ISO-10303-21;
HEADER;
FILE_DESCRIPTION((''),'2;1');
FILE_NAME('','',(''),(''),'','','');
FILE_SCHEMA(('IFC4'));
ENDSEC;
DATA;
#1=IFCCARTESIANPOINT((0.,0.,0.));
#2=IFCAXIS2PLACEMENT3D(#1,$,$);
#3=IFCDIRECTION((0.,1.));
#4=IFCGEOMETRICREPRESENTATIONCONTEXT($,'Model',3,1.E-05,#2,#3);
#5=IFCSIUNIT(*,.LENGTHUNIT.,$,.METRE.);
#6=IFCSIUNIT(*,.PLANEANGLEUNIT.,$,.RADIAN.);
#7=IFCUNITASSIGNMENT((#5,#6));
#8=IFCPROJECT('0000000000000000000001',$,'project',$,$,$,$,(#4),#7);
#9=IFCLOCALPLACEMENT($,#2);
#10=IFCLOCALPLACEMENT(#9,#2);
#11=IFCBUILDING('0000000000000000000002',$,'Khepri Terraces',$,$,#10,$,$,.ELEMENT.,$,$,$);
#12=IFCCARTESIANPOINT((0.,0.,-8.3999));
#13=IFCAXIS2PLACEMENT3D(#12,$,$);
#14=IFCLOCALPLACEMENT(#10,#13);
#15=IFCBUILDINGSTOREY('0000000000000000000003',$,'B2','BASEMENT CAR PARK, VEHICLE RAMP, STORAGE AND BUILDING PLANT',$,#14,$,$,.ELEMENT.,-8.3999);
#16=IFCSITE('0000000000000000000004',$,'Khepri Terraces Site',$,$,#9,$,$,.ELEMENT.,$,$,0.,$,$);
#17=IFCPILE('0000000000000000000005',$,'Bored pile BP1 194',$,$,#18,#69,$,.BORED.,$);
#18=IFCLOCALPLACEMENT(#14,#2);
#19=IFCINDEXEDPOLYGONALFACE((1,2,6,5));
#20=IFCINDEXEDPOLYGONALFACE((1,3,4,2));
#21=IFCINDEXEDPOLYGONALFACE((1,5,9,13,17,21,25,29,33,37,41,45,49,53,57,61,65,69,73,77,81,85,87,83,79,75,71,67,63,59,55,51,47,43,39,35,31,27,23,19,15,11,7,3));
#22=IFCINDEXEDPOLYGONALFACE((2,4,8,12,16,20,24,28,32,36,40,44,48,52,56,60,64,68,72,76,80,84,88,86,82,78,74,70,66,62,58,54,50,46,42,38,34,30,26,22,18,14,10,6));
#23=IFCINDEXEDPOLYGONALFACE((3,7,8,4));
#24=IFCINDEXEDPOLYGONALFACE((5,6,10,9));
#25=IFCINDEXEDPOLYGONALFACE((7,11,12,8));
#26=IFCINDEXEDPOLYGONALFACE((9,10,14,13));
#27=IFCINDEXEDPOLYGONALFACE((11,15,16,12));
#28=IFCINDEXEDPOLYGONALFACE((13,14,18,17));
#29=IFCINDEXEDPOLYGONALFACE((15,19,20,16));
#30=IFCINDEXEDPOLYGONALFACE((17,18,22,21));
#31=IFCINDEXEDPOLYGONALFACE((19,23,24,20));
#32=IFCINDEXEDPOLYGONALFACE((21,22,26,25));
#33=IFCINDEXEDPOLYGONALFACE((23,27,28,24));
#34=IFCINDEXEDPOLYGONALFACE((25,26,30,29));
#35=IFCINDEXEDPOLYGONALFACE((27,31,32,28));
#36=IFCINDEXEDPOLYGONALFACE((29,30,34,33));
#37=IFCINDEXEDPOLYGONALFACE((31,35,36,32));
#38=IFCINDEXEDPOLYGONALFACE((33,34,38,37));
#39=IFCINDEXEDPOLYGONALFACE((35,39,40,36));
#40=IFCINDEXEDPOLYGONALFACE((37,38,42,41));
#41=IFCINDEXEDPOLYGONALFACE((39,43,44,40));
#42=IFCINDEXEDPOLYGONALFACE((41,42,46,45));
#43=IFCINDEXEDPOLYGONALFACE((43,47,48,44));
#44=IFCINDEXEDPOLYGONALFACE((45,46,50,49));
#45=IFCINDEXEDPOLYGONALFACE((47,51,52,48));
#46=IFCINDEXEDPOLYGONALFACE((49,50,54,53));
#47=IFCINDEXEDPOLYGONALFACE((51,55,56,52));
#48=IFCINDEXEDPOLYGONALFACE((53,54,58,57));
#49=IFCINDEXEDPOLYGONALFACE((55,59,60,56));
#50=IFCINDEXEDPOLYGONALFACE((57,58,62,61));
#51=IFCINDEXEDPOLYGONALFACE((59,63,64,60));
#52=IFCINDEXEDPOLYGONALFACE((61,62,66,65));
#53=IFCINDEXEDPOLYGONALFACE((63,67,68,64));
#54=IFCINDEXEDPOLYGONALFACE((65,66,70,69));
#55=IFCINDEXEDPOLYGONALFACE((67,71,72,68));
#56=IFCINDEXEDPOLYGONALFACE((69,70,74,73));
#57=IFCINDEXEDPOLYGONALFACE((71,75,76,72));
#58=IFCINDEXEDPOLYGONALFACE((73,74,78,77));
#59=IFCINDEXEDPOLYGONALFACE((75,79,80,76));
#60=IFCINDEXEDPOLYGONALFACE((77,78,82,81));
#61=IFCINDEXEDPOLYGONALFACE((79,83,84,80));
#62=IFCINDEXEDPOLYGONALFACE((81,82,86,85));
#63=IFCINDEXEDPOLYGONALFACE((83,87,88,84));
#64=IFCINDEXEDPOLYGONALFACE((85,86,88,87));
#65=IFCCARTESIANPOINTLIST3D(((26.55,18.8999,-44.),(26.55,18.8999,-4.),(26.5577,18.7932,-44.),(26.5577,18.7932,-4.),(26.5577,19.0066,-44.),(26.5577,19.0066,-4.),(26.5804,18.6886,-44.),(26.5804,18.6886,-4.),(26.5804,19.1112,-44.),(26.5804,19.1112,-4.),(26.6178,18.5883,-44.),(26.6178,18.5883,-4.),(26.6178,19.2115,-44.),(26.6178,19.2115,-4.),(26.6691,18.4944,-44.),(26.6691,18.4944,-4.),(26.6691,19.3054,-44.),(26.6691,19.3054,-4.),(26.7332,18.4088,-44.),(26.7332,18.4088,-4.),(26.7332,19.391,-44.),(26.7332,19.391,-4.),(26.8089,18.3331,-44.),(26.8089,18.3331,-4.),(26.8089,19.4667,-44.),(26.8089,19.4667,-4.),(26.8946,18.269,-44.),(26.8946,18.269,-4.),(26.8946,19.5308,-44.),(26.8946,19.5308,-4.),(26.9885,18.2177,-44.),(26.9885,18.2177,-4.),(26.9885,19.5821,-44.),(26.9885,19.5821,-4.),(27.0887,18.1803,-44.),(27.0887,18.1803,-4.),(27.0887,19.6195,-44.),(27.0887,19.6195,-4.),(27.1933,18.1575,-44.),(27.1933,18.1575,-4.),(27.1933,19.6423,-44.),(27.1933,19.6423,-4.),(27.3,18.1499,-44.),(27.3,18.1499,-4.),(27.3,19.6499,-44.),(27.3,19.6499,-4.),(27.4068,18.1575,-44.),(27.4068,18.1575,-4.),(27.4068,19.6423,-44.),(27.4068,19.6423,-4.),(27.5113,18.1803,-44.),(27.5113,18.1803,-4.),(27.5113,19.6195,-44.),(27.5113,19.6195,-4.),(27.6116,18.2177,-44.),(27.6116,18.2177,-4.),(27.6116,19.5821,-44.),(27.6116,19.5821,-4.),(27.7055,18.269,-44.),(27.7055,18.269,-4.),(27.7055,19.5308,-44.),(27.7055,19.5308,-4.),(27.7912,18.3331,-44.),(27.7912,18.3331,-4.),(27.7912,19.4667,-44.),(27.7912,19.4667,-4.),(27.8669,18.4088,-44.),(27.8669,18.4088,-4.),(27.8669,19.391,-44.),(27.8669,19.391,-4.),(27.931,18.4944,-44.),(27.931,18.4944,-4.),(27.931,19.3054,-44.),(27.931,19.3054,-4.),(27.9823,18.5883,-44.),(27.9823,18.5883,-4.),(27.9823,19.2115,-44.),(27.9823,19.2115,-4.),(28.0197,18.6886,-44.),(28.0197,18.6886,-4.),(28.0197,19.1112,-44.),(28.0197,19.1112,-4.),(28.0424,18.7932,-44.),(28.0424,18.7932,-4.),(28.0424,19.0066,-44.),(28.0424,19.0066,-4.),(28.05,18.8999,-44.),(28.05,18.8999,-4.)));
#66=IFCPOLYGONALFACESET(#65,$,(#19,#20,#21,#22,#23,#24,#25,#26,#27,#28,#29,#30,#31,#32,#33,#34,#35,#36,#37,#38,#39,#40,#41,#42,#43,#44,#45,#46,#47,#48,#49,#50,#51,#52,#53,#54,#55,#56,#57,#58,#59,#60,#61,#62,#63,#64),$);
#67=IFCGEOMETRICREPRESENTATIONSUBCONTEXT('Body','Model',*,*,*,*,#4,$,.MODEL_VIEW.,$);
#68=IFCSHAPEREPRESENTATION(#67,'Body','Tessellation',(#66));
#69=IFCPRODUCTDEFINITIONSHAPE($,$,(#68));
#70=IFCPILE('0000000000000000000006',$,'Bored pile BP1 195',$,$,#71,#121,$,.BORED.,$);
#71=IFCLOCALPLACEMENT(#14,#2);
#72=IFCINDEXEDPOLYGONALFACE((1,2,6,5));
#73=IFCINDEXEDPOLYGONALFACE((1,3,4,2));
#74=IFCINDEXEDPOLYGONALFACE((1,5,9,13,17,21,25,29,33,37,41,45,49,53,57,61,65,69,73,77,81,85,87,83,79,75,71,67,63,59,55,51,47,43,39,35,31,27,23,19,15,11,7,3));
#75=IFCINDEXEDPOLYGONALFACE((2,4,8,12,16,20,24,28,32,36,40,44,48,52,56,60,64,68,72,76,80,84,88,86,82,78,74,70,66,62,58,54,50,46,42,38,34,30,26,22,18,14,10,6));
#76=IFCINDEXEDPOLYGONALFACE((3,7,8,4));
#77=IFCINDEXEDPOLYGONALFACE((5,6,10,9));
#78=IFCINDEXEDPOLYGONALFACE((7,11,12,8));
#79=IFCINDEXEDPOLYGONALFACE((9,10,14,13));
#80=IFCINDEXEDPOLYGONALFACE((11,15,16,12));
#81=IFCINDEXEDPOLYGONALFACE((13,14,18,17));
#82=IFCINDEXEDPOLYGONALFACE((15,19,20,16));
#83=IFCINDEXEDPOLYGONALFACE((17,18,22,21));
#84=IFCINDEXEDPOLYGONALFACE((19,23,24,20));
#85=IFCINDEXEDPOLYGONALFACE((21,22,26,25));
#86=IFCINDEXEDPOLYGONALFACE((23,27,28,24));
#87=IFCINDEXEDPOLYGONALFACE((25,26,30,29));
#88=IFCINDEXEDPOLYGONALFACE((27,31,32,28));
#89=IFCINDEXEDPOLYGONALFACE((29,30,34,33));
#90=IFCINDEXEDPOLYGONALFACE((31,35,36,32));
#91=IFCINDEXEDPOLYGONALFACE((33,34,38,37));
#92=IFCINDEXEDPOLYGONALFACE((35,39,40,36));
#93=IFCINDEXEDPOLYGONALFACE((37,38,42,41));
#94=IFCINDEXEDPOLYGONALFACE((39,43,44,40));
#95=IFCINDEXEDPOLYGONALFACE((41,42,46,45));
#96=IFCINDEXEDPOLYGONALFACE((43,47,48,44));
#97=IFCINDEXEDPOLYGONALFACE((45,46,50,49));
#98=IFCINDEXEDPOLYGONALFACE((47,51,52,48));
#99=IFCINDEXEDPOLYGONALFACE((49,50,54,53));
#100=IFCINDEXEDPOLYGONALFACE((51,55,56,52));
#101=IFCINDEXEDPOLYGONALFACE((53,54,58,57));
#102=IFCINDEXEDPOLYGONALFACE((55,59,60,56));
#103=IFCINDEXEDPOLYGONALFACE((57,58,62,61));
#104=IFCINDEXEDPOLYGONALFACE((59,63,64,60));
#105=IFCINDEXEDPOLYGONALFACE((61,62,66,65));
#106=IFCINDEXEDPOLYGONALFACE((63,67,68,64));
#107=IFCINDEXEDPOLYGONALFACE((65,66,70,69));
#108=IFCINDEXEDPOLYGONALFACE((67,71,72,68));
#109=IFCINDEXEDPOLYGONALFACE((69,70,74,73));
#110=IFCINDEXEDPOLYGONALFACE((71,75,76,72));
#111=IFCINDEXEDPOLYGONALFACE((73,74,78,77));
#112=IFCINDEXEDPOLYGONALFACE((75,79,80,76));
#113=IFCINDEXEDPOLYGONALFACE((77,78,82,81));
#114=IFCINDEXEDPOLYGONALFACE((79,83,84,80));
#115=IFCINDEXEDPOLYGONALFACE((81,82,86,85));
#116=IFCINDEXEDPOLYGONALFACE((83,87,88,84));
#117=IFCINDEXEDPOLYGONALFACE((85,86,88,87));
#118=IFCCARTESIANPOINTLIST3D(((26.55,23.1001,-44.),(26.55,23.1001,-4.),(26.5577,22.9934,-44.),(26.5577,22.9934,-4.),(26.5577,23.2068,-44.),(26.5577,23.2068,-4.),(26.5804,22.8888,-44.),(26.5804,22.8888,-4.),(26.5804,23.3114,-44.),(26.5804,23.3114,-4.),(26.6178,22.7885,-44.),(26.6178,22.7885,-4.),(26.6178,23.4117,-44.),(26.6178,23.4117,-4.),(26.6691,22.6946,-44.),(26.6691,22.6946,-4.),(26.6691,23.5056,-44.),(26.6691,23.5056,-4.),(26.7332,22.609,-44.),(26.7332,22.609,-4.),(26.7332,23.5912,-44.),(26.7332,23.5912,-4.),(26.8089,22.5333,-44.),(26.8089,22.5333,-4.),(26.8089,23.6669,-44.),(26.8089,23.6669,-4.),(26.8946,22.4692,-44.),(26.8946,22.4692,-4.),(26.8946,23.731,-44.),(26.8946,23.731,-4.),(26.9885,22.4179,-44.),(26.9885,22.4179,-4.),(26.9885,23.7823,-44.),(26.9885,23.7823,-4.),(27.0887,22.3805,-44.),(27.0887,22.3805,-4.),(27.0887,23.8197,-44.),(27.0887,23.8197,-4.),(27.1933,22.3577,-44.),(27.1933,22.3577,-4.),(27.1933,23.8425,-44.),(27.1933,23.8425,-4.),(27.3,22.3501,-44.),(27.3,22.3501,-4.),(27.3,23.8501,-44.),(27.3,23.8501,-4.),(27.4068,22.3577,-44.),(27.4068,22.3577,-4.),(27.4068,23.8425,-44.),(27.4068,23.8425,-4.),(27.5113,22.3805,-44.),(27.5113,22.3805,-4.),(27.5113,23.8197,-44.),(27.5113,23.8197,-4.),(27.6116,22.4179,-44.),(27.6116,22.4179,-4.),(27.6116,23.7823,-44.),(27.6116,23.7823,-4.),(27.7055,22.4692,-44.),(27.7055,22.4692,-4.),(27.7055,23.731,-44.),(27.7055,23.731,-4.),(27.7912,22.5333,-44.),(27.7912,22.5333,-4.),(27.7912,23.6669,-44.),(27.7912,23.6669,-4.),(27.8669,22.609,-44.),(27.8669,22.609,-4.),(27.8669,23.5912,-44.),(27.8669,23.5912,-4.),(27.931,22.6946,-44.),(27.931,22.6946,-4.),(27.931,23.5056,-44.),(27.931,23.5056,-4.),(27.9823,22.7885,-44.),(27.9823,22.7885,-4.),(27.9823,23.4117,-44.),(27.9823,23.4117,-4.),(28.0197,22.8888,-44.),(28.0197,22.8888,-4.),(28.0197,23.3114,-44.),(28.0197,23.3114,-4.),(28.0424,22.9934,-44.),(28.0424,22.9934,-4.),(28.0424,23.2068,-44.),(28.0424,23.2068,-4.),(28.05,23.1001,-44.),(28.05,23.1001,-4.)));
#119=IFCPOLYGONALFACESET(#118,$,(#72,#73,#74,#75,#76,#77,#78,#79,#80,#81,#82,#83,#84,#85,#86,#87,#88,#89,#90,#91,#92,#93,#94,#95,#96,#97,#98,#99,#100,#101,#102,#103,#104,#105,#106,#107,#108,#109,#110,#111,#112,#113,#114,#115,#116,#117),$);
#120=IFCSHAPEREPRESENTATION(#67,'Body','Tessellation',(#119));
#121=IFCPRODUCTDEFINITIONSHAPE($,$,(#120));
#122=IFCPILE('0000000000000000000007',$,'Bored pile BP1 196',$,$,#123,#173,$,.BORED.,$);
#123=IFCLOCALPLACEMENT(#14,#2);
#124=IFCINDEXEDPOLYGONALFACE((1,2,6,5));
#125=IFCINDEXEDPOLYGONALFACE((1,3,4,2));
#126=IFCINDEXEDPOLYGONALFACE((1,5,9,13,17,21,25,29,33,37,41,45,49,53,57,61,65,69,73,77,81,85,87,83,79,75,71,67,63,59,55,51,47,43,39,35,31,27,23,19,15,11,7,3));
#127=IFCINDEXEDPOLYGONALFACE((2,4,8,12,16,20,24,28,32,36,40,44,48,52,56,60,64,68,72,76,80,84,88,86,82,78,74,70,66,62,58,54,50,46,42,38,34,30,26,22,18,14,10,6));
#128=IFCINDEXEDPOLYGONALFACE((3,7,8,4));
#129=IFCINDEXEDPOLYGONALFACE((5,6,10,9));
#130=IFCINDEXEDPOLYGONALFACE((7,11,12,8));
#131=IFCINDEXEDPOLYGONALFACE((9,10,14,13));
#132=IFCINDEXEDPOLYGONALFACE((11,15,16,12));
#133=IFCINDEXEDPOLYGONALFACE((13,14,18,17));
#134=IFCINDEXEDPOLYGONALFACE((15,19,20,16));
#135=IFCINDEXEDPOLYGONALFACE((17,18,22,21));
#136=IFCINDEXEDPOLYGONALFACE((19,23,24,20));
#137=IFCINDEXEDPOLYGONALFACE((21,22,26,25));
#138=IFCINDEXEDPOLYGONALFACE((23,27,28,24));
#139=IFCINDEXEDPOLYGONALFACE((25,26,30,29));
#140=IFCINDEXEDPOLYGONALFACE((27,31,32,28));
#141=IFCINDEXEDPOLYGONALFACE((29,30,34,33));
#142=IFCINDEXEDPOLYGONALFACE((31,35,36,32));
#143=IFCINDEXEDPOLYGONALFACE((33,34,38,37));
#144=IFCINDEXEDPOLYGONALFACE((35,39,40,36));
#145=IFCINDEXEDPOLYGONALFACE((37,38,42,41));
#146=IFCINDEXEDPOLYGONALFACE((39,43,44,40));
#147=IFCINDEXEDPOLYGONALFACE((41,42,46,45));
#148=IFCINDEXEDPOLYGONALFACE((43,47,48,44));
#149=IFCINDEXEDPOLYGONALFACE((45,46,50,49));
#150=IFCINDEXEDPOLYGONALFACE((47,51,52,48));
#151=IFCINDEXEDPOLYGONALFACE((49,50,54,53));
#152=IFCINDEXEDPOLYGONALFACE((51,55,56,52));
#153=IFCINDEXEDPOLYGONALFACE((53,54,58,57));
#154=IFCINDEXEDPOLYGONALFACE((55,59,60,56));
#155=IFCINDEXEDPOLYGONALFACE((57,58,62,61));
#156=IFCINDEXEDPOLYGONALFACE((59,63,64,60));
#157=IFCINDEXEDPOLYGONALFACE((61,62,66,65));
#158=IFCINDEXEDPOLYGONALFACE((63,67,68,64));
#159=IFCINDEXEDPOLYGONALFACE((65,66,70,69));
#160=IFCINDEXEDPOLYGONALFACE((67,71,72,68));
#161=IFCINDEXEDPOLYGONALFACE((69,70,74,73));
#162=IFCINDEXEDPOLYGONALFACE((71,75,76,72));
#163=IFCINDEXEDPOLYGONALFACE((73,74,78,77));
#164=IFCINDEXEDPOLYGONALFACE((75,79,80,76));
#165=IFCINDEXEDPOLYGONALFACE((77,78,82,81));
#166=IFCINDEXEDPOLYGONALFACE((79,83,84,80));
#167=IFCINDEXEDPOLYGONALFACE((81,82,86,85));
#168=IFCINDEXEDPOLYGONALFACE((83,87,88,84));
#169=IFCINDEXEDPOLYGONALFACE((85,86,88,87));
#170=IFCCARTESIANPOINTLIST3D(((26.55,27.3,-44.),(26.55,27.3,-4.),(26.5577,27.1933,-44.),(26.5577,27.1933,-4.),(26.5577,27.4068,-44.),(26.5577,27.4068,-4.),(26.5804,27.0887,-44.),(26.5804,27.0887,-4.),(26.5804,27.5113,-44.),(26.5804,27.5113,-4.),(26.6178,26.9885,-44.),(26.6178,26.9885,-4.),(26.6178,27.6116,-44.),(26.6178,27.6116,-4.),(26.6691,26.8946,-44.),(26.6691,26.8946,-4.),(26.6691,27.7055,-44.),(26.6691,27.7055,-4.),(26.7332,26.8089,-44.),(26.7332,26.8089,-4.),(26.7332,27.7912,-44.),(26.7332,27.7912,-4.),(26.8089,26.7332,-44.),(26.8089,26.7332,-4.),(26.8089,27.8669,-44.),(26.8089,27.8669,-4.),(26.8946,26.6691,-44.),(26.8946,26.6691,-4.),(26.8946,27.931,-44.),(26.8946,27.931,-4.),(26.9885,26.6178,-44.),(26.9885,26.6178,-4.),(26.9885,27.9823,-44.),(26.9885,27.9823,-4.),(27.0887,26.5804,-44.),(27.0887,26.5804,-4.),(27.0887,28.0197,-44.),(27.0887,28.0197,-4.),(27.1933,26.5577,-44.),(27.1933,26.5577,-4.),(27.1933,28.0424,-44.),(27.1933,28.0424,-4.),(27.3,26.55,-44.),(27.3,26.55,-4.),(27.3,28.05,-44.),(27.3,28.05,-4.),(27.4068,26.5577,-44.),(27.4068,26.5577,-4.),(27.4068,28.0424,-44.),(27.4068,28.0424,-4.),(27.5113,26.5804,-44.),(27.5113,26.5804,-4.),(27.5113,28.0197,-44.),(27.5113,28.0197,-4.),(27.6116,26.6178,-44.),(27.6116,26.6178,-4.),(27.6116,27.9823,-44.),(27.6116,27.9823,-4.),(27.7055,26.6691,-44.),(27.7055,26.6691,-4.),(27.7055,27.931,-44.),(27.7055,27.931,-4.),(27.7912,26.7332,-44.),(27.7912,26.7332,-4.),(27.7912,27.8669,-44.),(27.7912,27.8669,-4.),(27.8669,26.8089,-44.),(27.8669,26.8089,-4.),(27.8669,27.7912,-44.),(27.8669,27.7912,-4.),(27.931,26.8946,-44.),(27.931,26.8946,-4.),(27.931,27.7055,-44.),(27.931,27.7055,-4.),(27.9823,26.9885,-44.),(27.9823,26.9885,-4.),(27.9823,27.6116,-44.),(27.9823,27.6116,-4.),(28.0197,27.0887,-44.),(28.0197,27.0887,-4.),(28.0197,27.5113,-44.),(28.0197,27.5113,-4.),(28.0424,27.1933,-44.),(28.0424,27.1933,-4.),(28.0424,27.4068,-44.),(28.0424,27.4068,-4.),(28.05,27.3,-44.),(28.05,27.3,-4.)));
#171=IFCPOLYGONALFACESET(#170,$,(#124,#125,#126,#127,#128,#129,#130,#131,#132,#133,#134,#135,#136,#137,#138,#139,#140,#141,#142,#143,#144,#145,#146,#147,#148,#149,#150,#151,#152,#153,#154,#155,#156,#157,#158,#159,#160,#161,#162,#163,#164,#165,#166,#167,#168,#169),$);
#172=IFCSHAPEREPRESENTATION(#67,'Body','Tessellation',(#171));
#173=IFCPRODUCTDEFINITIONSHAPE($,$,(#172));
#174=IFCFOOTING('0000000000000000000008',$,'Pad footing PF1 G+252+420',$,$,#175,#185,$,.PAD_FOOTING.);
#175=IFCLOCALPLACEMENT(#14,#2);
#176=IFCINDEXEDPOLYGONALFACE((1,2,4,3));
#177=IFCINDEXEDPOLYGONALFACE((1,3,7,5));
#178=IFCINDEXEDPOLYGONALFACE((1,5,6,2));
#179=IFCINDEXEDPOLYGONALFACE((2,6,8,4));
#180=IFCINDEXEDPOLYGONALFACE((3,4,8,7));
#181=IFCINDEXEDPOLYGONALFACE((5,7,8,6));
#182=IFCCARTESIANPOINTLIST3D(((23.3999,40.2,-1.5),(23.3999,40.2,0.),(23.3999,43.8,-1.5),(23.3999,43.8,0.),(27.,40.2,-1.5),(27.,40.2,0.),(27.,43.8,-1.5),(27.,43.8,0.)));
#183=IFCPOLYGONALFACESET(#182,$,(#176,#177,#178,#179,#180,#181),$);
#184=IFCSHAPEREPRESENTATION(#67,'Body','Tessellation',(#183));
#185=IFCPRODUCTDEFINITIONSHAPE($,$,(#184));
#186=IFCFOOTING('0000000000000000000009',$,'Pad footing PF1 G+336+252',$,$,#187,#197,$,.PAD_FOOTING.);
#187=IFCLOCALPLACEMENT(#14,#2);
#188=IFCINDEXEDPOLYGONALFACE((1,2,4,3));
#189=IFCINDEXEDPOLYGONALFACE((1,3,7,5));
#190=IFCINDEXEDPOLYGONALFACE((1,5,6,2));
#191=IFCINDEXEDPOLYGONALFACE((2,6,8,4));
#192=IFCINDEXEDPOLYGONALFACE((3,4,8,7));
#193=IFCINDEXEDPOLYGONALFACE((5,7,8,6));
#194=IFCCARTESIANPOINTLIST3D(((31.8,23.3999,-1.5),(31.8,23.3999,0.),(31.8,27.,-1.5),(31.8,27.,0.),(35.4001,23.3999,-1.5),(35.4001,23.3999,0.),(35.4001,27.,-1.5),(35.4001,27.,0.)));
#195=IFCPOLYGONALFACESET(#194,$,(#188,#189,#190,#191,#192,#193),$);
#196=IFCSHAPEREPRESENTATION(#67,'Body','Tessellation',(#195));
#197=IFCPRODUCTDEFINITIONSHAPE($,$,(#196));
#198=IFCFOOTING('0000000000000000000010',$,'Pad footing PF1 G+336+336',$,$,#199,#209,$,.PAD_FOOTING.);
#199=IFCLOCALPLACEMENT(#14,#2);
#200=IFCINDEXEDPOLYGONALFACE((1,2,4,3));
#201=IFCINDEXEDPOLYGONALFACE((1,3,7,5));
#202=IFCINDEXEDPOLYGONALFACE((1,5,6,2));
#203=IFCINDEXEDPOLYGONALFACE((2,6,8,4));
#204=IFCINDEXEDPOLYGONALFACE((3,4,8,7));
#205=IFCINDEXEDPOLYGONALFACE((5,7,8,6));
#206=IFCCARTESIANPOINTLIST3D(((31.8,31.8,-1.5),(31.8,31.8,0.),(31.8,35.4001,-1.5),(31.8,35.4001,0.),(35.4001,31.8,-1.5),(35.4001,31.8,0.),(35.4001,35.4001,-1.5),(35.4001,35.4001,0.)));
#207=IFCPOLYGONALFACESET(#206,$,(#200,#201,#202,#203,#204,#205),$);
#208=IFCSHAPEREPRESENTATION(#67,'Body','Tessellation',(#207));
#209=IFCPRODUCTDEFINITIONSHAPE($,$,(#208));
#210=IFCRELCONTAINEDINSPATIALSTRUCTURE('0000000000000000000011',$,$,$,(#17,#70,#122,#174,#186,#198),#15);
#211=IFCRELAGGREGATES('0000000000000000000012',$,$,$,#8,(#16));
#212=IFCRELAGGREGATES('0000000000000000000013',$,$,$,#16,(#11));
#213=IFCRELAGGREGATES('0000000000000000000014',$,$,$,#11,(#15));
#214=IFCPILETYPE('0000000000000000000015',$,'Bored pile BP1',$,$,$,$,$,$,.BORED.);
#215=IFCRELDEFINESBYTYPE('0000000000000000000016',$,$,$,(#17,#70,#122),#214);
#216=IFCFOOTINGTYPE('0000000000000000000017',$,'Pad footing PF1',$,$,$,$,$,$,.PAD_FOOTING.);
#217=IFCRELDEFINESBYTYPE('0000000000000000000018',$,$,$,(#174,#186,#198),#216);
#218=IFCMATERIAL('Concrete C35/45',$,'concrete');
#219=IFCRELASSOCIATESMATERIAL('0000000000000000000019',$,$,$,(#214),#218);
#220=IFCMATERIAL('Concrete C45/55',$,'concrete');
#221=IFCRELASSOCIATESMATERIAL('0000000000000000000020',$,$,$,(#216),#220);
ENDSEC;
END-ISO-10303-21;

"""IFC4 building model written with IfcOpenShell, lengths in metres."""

from ifc_helpers import new_model, si_unit, direction, frame, origin, origin_2d, place, context, subcontext, project, spatial, rectangle, circle, extrude, material, material_profile, profile_set, type_object, element, save


model = new_model("IFC4")

# Units and contexts
model_context = context("Model", 3, precision=1e-05, world=origin(), true_north=direction((0.0, 1.0)))
body_context = subcontext(model_context, "Body", "Model", "MODEL_VIEW")
ifc_project = project(units=[si_unit("LENGTHUNIT", "METRE"), si_unit("PLANEANGLEUNIT", "RADIAN")], contexts=[model_context])

# Site, building, storey
site_placement = place(None, origin())
site = spatial("IfcSite", under=ifc_project, at=site_placement, Name="Khepri Terraces Site", CompositionType="ELEMENT", RefElevation=0.0)
building_placement = place(site_placement, origin())
building = spatial("IfcBuilding", under=site, at=building_placement, Name="Khepri Terraces", CompositionType="ELEMENT")
storey_placement = place(building_placement, frame((0.0, 0.0, -8.3999)))
storey = spatial("IfcBuildingStorey", under=building, at=storey_placement, Name="B2", Description="BASEMENT CAR PARK, VEHICLE RAMP, STORAGE AND BUILDING PLANT", CompositionType="ELEMENT", Elevation=-8.3999)

# Piles
ifc_material_1 = material(Name="Concrete C35/45", Category="concrete")
ifc_material_profile_1 = material_profile(ifc_material_1, circle(Radius=0.75, at=origin_2d()), Name="Concrete C35/45", Category="concrete")
ifc_profile_set_1 = profile_set([ifc_material_profile_1], Name="Concrete C35/45")
pile_type = type_object("IfcPileType", Name="Bored pile BP1", PredefinedType="BORED", material=ifc_profile_set_1)
for number, where, z_axis, x_axis, name in (
    (1, (27.3, 18.8999, -4.0), (0.0, 0.0, -1.0), (1.0, 0.0, 0.0), "Bored pile BP1 194"),
    (2, (27.3, 23.1001, -4.0), (0.0, 0.0, -1.0), (1.0, 0.0, 0.0), "Bored pile BP1 195"),
    (3, (27.3, 27.3, -4.0), (0.0, 0.0, -1.0), (1.0, 0.0, 0.0), "Bored pile BP1 196"),
):
    element("IfcPile", number, at=place(storey_placement, frame(where, z_axis=z_axis, x_axis=x_axis)), inside=storey, type_object=pile_type, Name=name, PredefinedType="BORED", context=body_context, shape_type="SweptSolid", body=[
        extrude(circle(Radius=0.75, at=origin_2d()), origin(), (0.0, 0.0, 1.0), 40.0),
    ])

# Footings
ifc_material_2 = material(Name="Concrete C45/55", Category="concrete")
footing_type = type_object("IfcFootingType", Name="Pad footing PF1", PredefinedType="PAD_FOOTING", material=ifc_material_2)
for number, where, z_axis, x_axis, name in (
    (4, (25.2, 42.0, -1.5), (0.0, 0.0, 1.0), (1.0, 0.0, 0.0), "Pad footing PF1 G+252+420"),
    (5, (33.6001, 25.2, -1.5), (0.0, 0.0, 1.0), (1.0, 0.0, 0.0), "Pad footing PF1 G+336+252"),
    (6, (33.6001, 33.6001, -1.5), (0.0, 0.0, 1.0), (1.0, 0.0, 0.0), "Pad footing PF1 G+336+336"),
):
    element("IfcFooting", number, at=place(storey_placement, frame(where, z_axis=z_axis, x_axis=x_axis)), inside=storey, type_object=footing_type, Name=name, PredefinedType="PAD_FOOTING", context=body_context, shape_type="SweptSolid", body=[
        extrude(rectangle(XDim=3.6001, YDim=3.6001, at=origin_2d()), origin(), (0.0, 0.0, 1.0), 1.5),
    ])

save(model, "model.ifc")
